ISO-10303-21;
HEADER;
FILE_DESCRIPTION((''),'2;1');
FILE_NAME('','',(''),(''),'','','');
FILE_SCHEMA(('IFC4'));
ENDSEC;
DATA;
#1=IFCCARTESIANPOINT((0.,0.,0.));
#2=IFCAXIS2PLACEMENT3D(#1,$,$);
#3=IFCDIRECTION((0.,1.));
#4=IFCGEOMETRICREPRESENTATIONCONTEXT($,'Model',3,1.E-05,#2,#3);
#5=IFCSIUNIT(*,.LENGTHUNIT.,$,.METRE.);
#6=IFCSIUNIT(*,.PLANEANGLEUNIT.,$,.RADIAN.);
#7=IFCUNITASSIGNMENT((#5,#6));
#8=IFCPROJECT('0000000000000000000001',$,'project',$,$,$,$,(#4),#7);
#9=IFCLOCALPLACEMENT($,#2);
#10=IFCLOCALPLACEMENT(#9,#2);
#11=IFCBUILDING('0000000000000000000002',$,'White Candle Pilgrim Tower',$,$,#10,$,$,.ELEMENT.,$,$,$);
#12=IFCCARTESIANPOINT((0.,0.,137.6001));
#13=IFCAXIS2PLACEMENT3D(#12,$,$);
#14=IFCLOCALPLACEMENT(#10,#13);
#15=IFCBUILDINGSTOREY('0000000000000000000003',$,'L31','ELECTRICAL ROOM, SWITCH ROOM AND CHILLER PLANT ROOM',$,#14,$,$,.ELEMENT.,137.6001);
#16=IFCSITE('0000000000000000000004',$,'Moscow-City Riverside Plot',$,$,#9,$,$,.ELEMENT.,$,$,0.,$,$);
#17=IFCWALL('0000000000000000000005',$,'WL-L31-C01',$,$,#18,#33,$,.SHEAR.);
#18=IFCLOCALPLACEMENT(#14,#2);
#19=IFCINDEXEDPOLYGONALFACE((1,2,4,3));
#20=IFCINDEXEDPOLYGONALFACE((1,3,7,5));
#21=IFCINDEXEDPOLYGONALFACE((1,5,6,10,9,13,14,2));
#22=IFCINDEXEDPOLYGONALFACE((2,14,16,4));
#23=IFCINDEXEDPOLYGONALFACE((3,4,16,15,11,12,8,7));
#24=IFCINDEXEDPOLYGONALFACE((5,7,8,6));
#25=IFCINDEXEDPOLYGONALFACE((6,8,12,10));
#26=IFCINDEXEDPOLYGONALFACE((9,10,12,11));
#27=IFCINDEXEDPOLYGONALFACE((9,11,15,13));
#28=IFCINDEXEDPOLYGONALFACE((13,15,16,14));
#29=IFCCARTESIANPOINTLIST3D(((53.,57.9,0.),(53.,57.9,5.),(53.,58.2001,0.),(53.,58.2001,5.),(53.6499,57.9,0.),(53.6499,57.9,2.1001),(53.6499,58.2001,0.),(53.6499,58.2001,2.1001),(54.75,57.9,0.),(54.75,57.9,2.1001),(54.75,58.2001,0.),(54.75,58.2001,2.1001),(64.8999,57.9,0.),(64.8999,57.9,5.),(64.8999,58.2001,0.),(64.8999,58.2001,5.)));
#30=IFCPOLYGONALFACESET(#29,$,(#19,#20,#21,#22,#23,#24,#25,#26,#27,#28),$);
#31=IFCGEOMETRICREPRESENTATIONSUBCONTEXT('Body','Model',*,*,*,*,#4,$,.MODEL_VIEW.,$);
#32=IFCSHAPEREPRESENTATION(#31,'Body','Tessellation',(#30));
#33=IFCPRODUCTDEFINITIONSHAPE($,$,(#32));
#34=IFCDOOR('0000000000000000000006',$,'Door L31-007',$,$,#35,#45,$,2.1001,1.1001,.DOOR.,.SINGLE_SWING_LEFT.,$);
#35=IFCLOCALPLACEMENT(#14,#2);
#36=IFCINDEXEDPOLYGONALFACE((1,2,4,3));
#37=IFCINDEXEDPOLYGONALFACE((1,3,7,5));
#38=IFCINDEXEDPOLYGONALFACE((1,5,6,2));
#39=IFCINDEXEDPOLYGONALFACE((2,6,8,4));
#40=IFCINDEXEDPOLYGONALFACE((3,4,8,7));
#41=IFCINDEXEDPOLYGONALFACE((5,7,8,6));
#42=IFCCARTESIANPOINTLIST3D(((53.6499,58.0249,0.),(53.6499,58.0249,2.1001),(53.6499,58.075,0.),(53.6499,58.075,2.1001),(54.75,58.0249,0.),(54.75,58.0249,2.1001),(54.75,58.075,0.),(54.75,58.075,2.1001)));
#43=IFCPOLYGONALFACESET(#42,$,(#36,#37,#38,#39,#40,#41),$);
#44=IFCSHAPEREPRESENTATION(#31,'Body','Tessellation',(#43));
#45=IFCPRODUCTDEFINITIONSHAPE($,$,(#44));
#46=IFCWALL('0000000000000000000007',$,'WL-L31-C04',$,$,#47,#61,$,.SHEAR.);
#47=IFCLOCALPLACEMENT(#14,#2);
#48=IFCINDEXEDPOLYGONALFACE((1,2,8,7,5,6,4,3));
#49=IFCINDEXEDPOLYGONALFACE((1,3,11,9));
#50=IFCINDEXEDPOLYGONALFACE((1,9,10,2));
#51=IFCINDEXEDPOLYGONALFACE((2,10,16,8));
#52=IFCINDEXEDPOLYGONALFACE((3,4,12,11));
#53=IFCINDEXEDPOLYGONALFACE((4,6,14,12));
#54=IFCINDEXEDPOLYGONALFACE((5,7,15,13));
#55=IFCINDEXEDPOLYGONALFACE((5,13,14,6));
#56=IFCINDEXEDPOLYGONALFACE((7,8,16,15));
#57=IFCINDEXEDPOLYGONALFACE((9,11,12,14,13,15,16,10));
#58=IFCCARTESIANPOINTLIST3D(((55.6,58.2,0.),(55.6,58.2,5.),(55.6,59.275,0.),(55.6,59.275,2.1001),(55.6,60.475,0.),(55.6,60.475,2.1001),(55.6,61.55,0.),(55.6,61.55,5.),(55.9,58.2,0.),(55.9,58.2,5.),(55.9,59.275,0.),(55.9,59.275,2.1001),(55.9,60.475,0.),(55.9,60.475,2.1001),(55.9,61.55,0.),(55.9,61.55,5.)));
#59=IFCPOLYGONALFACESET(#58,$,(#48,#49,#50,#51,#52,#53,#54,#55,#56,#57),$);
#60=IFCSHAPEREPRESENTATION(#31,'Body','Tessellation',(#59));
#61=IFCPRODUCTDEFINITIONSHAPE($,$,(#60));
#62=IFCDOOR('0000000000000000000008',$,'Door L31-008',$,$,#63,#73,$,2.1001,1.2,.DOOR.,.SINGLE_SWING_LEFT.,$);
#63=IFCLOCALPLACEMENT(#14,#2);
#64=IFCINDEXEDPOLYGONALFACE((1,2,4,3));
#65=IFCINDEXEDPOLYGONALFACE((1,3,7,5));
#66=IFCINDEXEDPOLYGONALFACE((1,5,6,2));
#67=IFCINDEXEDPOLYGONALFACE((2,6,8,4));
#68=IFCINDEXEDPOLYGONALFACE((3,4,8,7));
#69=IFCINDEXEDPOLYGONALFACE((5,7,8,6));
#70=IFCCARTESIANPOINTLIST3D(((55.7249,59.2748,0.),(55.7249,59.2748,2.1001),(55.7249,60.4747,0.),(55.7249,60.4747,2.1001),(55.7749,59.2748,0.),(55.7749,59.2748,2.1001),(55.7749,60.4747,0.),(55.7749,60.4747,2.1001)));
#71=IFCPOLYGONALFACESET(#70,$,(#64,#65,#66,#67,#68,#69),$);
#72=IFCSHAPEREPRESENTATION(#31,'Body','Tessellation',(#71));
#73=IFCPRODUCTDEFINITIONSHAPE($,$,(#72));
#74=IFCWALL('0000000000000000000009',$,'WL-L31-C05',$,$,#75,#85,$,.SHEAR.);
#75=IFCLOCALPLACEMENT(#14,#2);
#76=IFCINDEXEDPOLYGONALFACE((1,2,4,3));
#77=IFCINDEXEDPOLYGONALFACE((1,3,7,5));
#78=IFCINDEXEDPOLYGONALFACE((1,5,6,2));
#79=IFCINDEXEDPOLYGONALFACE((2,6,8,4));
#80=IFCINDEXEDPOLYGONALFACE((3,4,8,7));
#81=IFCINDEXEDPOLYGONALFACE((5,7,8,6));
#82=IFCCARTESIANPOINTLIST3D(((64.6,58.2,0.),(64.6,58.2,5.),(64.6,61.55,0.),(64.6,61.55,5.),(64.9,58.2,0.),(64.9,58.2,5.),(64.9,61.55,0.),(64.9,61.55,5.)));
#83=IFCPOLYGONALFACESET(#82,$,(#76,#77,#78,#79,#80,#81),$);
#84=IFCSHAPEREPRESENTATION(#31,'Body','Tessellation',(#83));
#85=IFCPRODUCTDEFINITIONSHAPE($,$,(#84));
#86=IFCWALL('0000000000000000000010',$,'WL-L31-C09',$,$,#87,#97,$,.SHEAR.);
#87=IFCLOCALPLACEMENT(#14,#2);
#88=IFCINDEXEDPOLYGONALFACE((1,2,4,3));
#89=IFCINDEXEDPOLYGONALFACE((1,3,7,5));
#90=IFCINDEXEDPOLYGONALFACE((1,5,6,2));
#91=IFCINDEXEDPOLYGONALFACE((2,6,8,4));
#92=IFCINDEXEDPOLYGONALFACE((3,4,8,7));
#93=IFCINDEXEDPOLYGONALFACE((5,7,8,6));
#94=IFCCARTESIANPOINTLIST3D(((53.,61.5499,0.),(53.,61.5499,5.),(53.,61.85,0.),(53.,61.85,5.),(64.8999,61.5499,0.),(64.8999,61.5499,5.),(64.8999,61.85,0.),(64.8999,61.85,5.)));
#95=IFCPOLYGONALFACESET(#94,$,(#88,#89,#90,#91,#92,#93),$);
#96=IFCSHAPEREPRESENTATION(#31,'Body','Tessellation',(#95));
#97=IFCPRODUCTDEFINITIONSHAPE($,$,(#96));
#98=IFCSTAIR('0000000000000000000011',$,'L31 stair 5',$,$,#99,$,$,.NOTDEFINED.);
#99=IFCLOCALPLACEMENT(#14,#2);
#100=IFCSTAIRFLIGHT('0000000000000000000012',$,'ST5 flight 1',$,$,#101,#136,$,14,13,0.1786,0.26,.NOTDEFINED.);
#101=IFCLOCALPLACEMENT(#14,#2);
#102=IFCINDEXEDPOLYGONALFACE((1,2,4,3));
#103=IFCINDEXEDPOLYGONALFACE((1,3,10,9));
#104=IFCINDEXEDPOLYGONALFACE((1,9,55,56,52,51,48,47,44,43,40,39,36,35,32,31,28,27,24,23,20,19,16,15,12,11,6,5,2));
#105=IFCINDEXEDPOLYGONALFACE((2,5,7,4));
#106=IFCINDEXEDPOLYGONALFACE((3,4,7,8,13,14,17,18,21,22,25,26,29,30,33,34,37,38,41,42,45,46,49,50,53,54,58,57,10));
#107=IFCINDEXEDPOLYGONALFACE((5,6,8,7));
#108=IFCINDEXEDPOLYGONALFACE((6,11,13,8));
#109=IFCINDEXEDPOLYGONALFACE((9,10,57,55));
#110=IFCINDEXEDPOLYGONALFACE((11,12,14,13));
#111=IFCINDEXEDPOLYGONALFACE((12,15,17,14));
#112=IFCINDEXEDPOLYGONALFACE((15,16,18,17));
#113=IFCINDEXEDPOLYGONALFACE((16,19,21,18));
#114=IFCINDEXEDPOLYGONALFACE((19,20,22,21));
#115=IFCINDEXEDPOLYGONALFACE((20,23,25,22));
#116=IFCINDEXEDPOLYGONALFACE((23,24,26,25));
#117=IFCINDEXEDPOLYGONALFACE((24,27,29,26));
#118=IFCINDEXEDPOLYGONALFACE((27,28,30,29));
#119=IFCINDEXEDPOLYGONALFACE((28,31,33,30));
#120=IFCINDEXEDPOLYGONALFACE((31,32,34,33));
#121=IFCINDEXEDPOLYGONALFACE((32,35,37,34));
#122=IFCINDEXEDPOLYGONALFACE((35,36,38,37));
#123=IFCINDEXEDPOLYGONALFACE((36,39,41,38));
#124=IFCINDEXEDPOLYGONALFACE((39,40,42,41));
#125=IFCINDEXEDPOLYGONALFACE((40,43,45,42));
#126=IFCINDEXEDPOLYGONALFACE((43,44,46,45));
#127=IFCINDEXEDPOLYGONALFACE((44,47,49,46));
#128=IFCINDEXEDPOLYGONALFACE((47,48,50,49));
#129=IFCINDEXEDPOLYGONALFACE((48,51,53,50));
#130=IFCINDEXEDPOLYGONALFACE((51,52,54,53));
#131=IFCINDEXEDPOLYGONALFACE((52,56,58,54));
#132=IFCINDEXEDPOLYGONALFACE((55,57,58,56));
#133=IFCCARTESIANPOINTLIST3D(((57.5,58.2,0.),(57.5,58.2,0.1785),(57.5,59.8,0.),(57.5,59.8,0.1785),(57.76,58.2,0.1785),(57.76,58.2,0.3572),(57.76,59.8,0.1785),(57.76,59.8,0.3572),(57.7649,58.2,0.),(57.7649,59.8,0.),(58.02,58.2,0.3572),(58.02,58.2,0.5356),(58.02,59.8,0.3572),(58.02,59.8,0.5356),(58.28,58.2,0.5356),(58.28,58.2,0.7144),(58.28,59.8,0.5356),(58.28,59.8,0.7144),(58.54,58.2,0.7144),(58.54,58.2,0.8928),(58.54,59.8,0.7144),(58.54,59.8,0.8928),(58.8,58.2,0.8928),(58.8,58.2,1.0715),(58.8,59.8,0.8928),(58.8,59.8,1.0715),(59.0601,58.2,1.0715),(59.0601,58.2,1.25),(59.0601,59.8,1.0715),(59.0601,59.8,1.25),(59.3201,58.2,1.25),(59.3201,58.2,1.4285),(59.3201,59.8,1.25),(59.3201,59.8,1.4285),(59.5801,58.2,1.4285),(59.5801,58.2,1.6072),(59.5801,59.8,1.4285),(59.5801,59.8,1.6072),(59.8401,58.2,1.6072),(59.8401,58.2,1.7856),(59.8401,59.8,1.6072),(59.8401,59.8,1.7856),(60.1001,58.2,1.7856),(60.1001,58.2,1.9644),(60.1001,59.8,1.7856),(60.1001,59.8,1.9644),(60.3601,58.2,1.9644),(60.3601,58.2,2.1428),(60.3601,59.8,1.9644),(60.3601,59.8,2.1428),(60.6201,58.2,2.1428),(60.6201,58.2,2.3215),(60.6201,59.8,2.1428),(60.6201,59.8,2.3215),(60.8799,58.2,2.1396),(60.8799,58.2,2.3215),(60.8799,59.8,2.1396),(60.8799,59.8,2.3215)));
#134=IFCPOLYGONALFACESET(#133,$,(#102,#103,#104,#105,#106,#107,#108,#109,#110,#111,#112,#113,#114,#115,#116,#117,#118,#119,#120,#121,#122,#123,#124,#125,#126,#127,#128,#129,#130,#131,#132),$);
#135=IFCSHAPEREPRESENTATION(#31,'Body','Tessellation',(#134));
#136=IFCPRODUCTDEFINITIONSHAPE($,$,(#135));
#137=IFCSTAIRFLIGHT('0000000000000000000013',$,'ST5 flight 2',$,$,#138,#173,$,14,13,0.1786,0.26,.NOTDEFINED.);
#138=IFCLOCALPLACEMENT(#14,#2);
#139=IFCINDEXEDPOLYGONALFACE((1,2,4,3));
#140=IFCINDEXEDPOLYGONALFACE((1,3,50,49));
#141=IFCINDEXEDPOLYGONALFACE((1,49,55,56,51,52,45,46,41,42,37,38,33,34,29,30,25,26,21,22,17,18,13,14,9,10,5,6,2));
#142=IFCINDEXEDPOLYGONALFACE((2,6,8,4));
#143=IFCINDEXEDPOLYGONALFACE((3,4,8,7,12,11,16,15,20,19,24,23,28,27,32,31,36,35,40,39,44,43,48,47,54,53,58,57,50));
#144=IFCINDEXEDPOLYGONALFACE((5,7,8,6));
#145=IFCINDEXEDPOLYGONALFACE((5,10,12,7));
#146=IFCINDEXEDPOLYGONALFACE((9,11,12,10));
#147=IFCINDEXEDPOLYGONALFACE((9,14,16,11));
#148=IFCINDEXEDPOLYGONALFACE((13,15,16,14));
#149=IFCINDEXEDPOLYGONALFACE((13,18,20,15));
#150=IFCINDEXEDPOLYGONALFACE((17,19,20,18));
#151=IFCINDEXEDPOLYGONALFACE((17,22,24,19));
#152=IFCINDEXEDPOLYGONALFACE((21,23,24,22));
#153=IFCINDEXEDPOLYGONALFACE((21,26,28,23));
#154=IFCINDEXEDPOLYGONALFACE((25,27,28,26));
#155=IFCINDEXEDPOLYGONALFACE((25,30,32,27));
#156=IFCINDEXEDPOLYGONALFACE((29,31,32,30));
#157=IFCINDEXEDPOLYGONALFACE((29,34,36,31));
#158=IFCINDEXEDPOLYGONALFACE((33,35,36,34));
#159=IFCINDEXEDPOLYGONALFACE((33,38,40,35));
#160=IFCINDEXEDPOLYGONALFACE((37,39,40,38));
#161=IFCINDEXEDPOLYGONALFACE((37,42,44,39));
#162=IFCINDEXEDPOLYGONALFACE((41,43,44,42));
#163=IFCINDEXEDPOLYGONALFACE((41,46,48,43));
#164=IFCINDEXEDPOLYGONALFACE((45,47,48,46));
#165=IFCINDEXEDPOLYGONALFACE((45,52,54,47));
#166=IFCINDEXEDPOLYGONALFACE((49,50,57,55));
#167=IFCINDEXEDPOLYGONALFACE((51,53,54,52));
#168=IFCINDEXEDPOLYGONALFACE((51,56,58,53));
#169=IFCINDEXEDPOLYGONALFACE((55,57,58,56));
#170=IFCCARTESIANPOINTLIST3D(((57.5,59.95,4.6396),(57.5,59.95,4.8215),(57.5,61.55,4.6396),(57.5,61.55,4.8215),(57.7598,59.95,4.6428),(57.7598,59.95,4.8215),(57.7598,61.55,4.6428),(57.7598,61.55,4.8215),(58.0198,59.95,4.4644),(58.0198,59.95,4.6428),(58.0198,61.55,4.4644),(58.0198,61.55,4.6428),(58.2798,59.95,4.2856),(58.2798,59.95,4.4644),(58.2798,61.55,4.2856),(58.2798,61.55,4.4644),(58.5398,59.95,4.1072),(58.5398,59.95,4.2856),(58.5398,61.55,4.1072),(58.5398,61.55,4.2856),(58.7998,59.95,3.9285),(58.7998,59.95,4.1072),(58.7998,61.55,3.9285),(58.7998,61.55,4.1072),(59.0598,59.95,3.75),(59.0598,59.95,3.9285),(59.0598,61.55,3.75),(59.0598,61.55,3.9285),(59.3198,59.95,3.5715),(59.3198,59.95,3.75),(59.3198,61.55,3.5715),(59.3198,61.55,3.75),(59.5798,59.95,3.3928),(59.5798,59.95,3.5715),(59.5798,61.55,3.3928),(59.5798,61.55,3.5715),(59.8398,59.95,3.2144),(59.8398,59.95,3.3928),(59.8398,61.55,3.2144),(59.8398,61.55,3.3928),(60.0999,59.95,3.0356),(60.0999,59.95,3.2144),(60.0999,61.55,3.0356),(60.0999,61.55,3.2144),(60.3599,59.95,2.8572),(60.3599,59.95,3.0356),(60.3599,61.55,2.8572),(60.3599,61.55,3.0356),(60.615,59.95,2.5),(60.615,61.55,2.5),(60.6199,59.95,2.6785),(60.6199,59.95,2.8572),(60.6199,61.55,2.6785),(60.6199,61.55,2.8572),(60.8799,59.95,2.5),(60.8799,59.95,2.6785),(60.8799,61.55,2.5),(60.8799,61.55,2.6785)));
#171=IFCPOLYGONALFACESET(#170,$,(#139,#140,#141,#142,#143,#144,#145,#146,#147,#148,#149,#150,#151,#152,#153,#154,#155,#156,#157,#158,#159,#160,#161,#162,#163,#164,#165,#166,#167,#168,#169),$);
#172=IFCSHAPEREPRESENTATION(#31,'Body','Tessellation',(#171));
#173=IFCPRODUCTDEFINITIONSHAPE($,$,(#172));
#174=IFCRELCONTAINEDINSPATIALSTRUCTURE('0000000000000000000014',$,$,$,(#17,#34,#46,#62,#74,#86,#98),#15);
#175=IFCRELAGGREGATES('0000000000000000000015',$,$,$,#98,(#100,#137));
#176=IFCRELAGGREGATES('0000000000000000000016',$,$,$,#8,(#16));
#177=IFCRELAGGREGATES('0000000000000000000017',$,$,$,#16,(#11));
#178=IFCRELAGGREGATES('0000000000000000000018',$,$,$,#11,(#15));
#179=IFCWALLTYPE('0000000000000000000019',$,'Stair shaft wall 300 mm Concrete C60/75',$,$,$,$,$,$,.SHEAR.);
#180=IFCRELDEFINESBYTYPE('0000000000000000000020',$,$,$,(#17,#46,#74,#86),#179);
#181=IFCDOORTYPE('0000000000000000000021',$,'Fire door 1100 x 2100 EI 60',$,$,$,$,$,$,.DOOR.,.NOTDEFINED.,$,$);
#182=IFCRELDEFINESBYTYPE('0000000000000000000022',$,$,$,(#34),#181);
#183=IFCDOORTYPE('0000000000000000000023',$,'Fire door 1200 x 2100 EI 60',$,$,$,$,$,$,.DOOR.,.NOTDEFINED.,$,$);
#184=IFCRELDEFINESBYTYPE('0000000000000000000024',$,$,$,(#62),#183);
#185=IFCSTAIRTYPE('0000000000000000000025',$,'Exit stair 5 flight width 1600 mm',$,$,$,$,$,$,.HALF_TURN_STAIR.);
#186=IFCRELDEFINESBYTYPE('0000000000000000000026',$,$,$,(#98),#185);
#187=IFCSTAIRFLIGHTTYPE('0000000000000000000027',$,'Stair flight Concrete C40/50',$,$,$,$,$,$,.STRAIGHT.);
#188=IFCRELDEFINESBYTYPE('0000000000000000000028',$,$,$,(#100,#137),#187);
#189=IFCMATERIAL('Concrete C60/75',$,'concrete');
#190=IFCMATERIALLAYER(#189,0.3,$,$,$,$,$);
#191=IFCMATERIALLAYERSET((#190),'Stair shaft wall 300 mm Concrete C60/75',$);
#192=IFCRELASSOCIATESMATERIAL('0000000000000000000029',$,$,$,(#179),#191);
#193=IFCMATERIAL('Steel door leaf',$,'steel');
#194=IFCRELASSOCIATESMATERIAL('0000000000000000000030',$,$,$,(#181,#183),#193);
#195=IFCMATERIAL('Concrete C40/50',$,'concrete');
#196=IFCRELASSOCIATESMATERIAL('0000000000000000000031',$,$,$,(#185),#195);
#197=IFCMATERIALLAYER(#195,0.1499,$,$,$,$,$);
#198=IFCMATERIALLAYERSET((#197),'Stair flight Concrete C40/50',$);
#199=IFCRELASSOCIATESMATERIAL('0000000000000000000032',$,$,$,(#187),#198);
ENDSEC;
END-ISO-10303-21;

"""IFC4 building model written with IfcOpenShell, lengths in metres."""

from ifc_helpers import new_model, si_unit, direction, frame, frame_2d, origin, place, context, subcontext, project, spatial, polyline, rectangle, outline, extrude, material, layer, layer_set, type_object, element, fill, aggregate, save


model = new_model("IFC4")

# Units and contexts
model_context = context("Model", 3, precision=1e-05, world=origin(), true_north=direction((0.0, 1.0)))
body_context = subcontext(model_context, "Body", "Model", "MODEL_VIEW")
ifc_project = project(units=[si_unit("LENGTHUNIT", "METRE"), si_unit("PLANEANGLEUNIT", "RADIAN")], contexts=[model_context])

# Site, building, storey
site_placement = place(None, origin())
site = spatial("IfcSite", under=ifc_project, at=site_placement, Name="Moscow-City Riverside Plot", CompositionType="ELEMENT", RefElevation=0.0)
building_placement = place(site_placement, origin())
building = spatial("IfcBuilding", under=site, at=building_placement, Name="White Candle Pilgrim Tower", CompositionType="ELEMENT")
storey_placement = place(building_placement, frame((0.0, 0.0, 137.6001)))
storey = spatial("IfcBuildingStorey", under=building, at=storey_placement, Name="L31", Description="ELECTRICAL ROOM, SWITCH ROOM AND CHILLER PLANT ROOM", CompositionType="ELEMENT", Elevation=137.6001)

# Shared definitions
ifc_material_1 = material(Name="Concrete C60/75", Category="concrete")

# Walls, openings, doors
ifc_layer_1 = layer(ifc_material_1, 0.3)
ifc_layer_set_1 = layer_set([ifc_layer_1], Name="Stair shaft wall 300 mm Concrete C60/75")
wall_type_1 = type_object("IfcWallType", Name="Stair shaft wall 300 mm Concrete C60/75", PredefinedType="SHEAR", material=ifc_layer_set_1)
wall_1_placement = place(storey_placement, frame((53.0, 58.05, 0.0), z_axis=(0.0, 0.0, 1.0), x_axis=(1.0, 0.0, 0.0)))
wall_1 = element("IfcWall", 1, at=wall_1_placement, inside=storey, type_object=wall_type_1, Name="WL-L31-C01", PredefinedType="SHEAR", context=body_context, shape_type="SweptSolid", body=[
    extrude(rectangle(XDim=11.8999, YDim=0.3, at=frame_2d((5.95, 0.0))), origin(), (0.0, 0.0, 1.0), 5.0),
])
opening_1_placement = place(wall_1_placement, frame((0.6499, 0.0, 0.0)))
opening_1 = element("IfcOpeningElement", 2, at=opening_1_placement, cuts=wall_1, PredefinedType="OPENING", context=body_context, shape_type="SweptSolid", body=[
    extrude(rectangle(XDim=1.1001, YDim=2.1001, at=frame_2d((0.55, 1.05))), frame((0.0, 0.1599, 0.0), z_axis=(0.0, -1.0, 0.0), x_axis=(1.0, 0.0, 0.0)), (0.0, 0.0, 1.0), 0.3201),
])
ifc_material_2 = material(Name="Steel door leaf", Category="steel")
door_type_1 = type_object("IfcDoorType", Name="Fire door 1100 x 2100 EI 60", OperationType="NOTDEFINED", PredefinedType="DOOR", material=ifc_material_2)
door_1_placement = place(opening_1_placement, origin())
door_1 = element("IfcDoor", 3, at=door_1_placement, inside=storey, type_object=door_type_1, Name="Door L31-007", OperationType="SINGLE_SWING_LEFT", OverallHeight=2.1001, OverallWidth=1.1001, PredefinedType="DOOR", context=body_context, shape_type="SweptSolid", body=[
    extrude(rectangle(XDim=1.1001, YDim=2.1001, at=frame_2d((0.55, 1.05))), frame((0.0, 0.0249, 0.0), z_axis=(0.0, -1.0, 0.0), x_axis=(1.0, 0.0, 0.0)), (0.0, 0.0, 1.0), 0.05),
])
fill(opening_1, door_1)
wall_2_placement = place(storey_placement, frame((55.75, 58.2, 0.0), z_axis=(0.0, 0.0, 1.0), x_axis=(0.0, 1.0, 0.0)))
wall_2 = element("IfcWall", 4, at=wall_2_placement, inside=storey, type_object=wall_type_1, Name="WL-L31-C04", PredefinedType="SHEAR", context=body_context, shape_type="SweptSolid", body=[
    extrude(rectangle(XDim=3.3501, YDim=0.3, at=frame_2d((1.675, 0.0))), origin(), (0.0, 0.0, 1.0), 5.0),
])
opening_2_placement = place(wall_2_placement, frame((1.075, 0.0, 0.0)))
opening_2 = element("IfcOpeningElement", 5, at=opening_2_placement, cuts=wall_2, PredefinedType="OPENING", context=body_context, shape_type="SweptSolid", body=[
    extrude(rectangle(XDim=1.2, YDim=2.1001, at=frame_2d((0.6001, 1.05))), frame((0.0, 0.1599, 0.0), z_axis=(0.0, -1.0, 0.0), x_axis=(1.0, 0.0, 0.0)), (0.0, 0.0, 1.0), 0.3201),
])
door_type_2 = type_object("IfcDoorType", Name="Fire door 1200 x 2100 EI 60", OperationType="NOTDEFINED", PredefinedType="DOOR", material=ifc_material_2)
door_2_placement = place(opening_2_placement, frame((1.2, 0.0, 0.0), z_axis=(0.0, 0.0, 1.0), x_axis=(-1.0, 0.0, 0.0)))
door_2 = element("IfcDoor", 6, at=door_2_placement, inside=storey, type_object=door_type_2, Name="Door L31-008", OperationType="SINGLE_SWING_LEFT", OverallHeight=2.1001, OverallWidth=1.2, PredefinedType="DOOR", context=body_context, shape_type="SweptSolid", body=[
    extrude(rectangle(XDim=1.2, YDim=2.1001, at=frame_2d((0.6001, 1.05))), frame((0.0, 0.0249, 0.0), z_axis=(0.0, -1.0, 0.0), x_axis=(1.0, 0.0, 0.0)), (0.0, 0.0, 1.0), 0.05),
])
fill(opening_2, door_2)

# Walls
wall_3_placement = place(storey_placement, frame((64.75, 58.2, 0.0), z_axis=(0.0, 0.0, 1.0), x_axis=(0.0, 1.0, 0.0)))
element("IfcWall", 7, at=wall_3_placement, inside=storey, type_object=wall_type_1, Name="WL-L31-C05", PredefinedType="SHEAR", context=body_context, shape_type="SweptSolid", body=[
    extrude(rectangle(XDim=3.3501, YDim=0.3, at=frame_2d((1.675, 0.0))), origin(), (0.0, 0.0, 1.0), 5.0),
])
wall_4_placement = place(storey_placement, frame((53.0, 61.7, 0.0), z_axis=(0.0, 0.0, 1.0), x_axis=(1.0, 0.0, 0.0)))
element("IfcWall", 8, at=wall_4_placement, inside=storey, type_object=wall_type_1, Name="WL-L31-C09", PredefinedType="SHEAR", context=body_context, shape_type="SweptSolid", body=[
    extrude(rectangle(XDim=11.8999, YDim=0.3, at=frame_2d((5.95, 0.0))), origin(), (0.0, 0.0, 1.0), 5.0),
])

# Stair, stair flights
ifc_material_3 = material(Name="Concrete C40/50", Category="concrete")
stair_type = type_object("IfcStairType", Name="Exit stair 5 flight width 1600 mm", PredefinedType="HALF_TURN_STAIR", material=ifc_material_3)
stair_placement = place(storey_placement, origin())
stair = element("IfcStair", 9, at=stair_placement, inside=storey, type_object=stair_type, Name="L31 stair 5", PredefinedType="NOTDEFINED")
ifc_layer_2 = layer(ifc_material_3, 0.1499)
ifc_layer_set_2 = layer_set([ifc_layer_2], Name="Stair flight Concrete C40/50")
stair_flight_type = type_object("IfcStairFlightType", Name="Stair flight Concrete C40/50", PredefinedType="STRAIGHT", material=ifc_layer_set_2)
stair_flight_1_placement = place(storey_placement, frame((57.5, 59.0, 0.0), z_axis=(0.0, 0.0, 1.0), x_axis=(1.0, 0.0, 0.0)))
stair_flight_1 = element("IfcStairFlight", 10, at=stair_flight_1_placement, type_object=stair_flight_type, Name="ST5 flight 1", NumberOfRisers=14, NumberOfTreads=13, PredefinedType="NOTDEFINED", RiserHeight=0.1786, TreadLength=0.26, context=body_context, shape_type="SweptSolid", body=[
    extrude(outline(polyline([(0.0, 0.0), (0.0, 0.1785), (0.26, 0.1785), (0.26, 0.3572), (0.52, 0.3572), (0.52, 0.5356), (0.78, 0.5356), (0.78, 0.7144), (1.04, 0.7144), (1.04, 0.8928), (1.3, 0.8928), (1.3, 1.0715), (1.5601, 1.0715), (1.5601, 1.25), (1.8201, 1.25), (1.8201, 1.4285), (2.0801, 1.4285), (2.0801, 1.6072), (2.3401, 1.6072), (2.3401, 1.7856), (2.6001, 1.7856), (2.6001, 1.9644), (2.8601, 1.9644), (2.8601, 2.1428), (3.1201, 2.1428), (3.1201, 2.3215), (3.3799, 2.3215), (3.3799, 2.5), (3.3799, 2.1396), (0.2649, 0.0), (0.0, 0.0)])), frame((0.0, 0.8, 0.0), z_axis=(0.0, -1.0, 0.0), x_axis=(1.0, 0.0, 0.0)), (0.0, 0.0, 1.0), 1.6001),
])
stair_flight_2_placement = place(storey_placement, frame((60.8799, 60.75, 2.5), z_axis=(0.0, 0.0, 1.0), x_axis=(-1.0, 0.0, 0.0)))
stair_flight_2 = element("IfcStairFlight", 11, at=stair_flight_2_placement, type_object=stair_flight_type, Name="ST5 flight 2", NumberOfRisers=14, NumberOfTreads=13, PredefinedType="NOTDEFINED", RiserHeight=0.1786, TreadLength=0.26, context=body_context, shape_type="SweptSolid", body=[
    extrude(outline(polyline([(0.0, 0.0), (0.0, 0.1785), (0.26, 0.1785), (0.26, 0.3572), (0.52, 0.3572), (0.52, 0.5356), (0.78, 0.5356), (0.78, 0.7144), (1.04, 0.7144), (1.04, 0.8928), (1.3, 0.8928), (1.3, 1.0715), (1.5601, 1.0715), (1.5601, 1.25), (1.8201, 1.25), (1.8201, 1.4285), (2.0801, 1.4285), (2.0801, 1.6072), (2.3401, 1.6072), (2.3401, 1.7856), (2.6001, 1.7856), (2.6001, 1.9644), (2.8601, 1.9644), (2.8601, 2.1428), (3.1201, 2.1428), (3.1201, 2.3215), (3.3799, 2.3215), (3.3799, 2.5), (3.3799, 2.1396), (0.2649, 0.0), (0.0, 0.0)])), frame((0.0, 0.8, 0.0), z_axis=(0.0, -1.0, 0.0), x_axis=(1.0, 0.0, 0.0)), (0.0, 0.0, 1.0), 1.6001),
])
aggregate(stair, [stair_flight_1, stair_flight_2])

save(model, "model.ifc")
